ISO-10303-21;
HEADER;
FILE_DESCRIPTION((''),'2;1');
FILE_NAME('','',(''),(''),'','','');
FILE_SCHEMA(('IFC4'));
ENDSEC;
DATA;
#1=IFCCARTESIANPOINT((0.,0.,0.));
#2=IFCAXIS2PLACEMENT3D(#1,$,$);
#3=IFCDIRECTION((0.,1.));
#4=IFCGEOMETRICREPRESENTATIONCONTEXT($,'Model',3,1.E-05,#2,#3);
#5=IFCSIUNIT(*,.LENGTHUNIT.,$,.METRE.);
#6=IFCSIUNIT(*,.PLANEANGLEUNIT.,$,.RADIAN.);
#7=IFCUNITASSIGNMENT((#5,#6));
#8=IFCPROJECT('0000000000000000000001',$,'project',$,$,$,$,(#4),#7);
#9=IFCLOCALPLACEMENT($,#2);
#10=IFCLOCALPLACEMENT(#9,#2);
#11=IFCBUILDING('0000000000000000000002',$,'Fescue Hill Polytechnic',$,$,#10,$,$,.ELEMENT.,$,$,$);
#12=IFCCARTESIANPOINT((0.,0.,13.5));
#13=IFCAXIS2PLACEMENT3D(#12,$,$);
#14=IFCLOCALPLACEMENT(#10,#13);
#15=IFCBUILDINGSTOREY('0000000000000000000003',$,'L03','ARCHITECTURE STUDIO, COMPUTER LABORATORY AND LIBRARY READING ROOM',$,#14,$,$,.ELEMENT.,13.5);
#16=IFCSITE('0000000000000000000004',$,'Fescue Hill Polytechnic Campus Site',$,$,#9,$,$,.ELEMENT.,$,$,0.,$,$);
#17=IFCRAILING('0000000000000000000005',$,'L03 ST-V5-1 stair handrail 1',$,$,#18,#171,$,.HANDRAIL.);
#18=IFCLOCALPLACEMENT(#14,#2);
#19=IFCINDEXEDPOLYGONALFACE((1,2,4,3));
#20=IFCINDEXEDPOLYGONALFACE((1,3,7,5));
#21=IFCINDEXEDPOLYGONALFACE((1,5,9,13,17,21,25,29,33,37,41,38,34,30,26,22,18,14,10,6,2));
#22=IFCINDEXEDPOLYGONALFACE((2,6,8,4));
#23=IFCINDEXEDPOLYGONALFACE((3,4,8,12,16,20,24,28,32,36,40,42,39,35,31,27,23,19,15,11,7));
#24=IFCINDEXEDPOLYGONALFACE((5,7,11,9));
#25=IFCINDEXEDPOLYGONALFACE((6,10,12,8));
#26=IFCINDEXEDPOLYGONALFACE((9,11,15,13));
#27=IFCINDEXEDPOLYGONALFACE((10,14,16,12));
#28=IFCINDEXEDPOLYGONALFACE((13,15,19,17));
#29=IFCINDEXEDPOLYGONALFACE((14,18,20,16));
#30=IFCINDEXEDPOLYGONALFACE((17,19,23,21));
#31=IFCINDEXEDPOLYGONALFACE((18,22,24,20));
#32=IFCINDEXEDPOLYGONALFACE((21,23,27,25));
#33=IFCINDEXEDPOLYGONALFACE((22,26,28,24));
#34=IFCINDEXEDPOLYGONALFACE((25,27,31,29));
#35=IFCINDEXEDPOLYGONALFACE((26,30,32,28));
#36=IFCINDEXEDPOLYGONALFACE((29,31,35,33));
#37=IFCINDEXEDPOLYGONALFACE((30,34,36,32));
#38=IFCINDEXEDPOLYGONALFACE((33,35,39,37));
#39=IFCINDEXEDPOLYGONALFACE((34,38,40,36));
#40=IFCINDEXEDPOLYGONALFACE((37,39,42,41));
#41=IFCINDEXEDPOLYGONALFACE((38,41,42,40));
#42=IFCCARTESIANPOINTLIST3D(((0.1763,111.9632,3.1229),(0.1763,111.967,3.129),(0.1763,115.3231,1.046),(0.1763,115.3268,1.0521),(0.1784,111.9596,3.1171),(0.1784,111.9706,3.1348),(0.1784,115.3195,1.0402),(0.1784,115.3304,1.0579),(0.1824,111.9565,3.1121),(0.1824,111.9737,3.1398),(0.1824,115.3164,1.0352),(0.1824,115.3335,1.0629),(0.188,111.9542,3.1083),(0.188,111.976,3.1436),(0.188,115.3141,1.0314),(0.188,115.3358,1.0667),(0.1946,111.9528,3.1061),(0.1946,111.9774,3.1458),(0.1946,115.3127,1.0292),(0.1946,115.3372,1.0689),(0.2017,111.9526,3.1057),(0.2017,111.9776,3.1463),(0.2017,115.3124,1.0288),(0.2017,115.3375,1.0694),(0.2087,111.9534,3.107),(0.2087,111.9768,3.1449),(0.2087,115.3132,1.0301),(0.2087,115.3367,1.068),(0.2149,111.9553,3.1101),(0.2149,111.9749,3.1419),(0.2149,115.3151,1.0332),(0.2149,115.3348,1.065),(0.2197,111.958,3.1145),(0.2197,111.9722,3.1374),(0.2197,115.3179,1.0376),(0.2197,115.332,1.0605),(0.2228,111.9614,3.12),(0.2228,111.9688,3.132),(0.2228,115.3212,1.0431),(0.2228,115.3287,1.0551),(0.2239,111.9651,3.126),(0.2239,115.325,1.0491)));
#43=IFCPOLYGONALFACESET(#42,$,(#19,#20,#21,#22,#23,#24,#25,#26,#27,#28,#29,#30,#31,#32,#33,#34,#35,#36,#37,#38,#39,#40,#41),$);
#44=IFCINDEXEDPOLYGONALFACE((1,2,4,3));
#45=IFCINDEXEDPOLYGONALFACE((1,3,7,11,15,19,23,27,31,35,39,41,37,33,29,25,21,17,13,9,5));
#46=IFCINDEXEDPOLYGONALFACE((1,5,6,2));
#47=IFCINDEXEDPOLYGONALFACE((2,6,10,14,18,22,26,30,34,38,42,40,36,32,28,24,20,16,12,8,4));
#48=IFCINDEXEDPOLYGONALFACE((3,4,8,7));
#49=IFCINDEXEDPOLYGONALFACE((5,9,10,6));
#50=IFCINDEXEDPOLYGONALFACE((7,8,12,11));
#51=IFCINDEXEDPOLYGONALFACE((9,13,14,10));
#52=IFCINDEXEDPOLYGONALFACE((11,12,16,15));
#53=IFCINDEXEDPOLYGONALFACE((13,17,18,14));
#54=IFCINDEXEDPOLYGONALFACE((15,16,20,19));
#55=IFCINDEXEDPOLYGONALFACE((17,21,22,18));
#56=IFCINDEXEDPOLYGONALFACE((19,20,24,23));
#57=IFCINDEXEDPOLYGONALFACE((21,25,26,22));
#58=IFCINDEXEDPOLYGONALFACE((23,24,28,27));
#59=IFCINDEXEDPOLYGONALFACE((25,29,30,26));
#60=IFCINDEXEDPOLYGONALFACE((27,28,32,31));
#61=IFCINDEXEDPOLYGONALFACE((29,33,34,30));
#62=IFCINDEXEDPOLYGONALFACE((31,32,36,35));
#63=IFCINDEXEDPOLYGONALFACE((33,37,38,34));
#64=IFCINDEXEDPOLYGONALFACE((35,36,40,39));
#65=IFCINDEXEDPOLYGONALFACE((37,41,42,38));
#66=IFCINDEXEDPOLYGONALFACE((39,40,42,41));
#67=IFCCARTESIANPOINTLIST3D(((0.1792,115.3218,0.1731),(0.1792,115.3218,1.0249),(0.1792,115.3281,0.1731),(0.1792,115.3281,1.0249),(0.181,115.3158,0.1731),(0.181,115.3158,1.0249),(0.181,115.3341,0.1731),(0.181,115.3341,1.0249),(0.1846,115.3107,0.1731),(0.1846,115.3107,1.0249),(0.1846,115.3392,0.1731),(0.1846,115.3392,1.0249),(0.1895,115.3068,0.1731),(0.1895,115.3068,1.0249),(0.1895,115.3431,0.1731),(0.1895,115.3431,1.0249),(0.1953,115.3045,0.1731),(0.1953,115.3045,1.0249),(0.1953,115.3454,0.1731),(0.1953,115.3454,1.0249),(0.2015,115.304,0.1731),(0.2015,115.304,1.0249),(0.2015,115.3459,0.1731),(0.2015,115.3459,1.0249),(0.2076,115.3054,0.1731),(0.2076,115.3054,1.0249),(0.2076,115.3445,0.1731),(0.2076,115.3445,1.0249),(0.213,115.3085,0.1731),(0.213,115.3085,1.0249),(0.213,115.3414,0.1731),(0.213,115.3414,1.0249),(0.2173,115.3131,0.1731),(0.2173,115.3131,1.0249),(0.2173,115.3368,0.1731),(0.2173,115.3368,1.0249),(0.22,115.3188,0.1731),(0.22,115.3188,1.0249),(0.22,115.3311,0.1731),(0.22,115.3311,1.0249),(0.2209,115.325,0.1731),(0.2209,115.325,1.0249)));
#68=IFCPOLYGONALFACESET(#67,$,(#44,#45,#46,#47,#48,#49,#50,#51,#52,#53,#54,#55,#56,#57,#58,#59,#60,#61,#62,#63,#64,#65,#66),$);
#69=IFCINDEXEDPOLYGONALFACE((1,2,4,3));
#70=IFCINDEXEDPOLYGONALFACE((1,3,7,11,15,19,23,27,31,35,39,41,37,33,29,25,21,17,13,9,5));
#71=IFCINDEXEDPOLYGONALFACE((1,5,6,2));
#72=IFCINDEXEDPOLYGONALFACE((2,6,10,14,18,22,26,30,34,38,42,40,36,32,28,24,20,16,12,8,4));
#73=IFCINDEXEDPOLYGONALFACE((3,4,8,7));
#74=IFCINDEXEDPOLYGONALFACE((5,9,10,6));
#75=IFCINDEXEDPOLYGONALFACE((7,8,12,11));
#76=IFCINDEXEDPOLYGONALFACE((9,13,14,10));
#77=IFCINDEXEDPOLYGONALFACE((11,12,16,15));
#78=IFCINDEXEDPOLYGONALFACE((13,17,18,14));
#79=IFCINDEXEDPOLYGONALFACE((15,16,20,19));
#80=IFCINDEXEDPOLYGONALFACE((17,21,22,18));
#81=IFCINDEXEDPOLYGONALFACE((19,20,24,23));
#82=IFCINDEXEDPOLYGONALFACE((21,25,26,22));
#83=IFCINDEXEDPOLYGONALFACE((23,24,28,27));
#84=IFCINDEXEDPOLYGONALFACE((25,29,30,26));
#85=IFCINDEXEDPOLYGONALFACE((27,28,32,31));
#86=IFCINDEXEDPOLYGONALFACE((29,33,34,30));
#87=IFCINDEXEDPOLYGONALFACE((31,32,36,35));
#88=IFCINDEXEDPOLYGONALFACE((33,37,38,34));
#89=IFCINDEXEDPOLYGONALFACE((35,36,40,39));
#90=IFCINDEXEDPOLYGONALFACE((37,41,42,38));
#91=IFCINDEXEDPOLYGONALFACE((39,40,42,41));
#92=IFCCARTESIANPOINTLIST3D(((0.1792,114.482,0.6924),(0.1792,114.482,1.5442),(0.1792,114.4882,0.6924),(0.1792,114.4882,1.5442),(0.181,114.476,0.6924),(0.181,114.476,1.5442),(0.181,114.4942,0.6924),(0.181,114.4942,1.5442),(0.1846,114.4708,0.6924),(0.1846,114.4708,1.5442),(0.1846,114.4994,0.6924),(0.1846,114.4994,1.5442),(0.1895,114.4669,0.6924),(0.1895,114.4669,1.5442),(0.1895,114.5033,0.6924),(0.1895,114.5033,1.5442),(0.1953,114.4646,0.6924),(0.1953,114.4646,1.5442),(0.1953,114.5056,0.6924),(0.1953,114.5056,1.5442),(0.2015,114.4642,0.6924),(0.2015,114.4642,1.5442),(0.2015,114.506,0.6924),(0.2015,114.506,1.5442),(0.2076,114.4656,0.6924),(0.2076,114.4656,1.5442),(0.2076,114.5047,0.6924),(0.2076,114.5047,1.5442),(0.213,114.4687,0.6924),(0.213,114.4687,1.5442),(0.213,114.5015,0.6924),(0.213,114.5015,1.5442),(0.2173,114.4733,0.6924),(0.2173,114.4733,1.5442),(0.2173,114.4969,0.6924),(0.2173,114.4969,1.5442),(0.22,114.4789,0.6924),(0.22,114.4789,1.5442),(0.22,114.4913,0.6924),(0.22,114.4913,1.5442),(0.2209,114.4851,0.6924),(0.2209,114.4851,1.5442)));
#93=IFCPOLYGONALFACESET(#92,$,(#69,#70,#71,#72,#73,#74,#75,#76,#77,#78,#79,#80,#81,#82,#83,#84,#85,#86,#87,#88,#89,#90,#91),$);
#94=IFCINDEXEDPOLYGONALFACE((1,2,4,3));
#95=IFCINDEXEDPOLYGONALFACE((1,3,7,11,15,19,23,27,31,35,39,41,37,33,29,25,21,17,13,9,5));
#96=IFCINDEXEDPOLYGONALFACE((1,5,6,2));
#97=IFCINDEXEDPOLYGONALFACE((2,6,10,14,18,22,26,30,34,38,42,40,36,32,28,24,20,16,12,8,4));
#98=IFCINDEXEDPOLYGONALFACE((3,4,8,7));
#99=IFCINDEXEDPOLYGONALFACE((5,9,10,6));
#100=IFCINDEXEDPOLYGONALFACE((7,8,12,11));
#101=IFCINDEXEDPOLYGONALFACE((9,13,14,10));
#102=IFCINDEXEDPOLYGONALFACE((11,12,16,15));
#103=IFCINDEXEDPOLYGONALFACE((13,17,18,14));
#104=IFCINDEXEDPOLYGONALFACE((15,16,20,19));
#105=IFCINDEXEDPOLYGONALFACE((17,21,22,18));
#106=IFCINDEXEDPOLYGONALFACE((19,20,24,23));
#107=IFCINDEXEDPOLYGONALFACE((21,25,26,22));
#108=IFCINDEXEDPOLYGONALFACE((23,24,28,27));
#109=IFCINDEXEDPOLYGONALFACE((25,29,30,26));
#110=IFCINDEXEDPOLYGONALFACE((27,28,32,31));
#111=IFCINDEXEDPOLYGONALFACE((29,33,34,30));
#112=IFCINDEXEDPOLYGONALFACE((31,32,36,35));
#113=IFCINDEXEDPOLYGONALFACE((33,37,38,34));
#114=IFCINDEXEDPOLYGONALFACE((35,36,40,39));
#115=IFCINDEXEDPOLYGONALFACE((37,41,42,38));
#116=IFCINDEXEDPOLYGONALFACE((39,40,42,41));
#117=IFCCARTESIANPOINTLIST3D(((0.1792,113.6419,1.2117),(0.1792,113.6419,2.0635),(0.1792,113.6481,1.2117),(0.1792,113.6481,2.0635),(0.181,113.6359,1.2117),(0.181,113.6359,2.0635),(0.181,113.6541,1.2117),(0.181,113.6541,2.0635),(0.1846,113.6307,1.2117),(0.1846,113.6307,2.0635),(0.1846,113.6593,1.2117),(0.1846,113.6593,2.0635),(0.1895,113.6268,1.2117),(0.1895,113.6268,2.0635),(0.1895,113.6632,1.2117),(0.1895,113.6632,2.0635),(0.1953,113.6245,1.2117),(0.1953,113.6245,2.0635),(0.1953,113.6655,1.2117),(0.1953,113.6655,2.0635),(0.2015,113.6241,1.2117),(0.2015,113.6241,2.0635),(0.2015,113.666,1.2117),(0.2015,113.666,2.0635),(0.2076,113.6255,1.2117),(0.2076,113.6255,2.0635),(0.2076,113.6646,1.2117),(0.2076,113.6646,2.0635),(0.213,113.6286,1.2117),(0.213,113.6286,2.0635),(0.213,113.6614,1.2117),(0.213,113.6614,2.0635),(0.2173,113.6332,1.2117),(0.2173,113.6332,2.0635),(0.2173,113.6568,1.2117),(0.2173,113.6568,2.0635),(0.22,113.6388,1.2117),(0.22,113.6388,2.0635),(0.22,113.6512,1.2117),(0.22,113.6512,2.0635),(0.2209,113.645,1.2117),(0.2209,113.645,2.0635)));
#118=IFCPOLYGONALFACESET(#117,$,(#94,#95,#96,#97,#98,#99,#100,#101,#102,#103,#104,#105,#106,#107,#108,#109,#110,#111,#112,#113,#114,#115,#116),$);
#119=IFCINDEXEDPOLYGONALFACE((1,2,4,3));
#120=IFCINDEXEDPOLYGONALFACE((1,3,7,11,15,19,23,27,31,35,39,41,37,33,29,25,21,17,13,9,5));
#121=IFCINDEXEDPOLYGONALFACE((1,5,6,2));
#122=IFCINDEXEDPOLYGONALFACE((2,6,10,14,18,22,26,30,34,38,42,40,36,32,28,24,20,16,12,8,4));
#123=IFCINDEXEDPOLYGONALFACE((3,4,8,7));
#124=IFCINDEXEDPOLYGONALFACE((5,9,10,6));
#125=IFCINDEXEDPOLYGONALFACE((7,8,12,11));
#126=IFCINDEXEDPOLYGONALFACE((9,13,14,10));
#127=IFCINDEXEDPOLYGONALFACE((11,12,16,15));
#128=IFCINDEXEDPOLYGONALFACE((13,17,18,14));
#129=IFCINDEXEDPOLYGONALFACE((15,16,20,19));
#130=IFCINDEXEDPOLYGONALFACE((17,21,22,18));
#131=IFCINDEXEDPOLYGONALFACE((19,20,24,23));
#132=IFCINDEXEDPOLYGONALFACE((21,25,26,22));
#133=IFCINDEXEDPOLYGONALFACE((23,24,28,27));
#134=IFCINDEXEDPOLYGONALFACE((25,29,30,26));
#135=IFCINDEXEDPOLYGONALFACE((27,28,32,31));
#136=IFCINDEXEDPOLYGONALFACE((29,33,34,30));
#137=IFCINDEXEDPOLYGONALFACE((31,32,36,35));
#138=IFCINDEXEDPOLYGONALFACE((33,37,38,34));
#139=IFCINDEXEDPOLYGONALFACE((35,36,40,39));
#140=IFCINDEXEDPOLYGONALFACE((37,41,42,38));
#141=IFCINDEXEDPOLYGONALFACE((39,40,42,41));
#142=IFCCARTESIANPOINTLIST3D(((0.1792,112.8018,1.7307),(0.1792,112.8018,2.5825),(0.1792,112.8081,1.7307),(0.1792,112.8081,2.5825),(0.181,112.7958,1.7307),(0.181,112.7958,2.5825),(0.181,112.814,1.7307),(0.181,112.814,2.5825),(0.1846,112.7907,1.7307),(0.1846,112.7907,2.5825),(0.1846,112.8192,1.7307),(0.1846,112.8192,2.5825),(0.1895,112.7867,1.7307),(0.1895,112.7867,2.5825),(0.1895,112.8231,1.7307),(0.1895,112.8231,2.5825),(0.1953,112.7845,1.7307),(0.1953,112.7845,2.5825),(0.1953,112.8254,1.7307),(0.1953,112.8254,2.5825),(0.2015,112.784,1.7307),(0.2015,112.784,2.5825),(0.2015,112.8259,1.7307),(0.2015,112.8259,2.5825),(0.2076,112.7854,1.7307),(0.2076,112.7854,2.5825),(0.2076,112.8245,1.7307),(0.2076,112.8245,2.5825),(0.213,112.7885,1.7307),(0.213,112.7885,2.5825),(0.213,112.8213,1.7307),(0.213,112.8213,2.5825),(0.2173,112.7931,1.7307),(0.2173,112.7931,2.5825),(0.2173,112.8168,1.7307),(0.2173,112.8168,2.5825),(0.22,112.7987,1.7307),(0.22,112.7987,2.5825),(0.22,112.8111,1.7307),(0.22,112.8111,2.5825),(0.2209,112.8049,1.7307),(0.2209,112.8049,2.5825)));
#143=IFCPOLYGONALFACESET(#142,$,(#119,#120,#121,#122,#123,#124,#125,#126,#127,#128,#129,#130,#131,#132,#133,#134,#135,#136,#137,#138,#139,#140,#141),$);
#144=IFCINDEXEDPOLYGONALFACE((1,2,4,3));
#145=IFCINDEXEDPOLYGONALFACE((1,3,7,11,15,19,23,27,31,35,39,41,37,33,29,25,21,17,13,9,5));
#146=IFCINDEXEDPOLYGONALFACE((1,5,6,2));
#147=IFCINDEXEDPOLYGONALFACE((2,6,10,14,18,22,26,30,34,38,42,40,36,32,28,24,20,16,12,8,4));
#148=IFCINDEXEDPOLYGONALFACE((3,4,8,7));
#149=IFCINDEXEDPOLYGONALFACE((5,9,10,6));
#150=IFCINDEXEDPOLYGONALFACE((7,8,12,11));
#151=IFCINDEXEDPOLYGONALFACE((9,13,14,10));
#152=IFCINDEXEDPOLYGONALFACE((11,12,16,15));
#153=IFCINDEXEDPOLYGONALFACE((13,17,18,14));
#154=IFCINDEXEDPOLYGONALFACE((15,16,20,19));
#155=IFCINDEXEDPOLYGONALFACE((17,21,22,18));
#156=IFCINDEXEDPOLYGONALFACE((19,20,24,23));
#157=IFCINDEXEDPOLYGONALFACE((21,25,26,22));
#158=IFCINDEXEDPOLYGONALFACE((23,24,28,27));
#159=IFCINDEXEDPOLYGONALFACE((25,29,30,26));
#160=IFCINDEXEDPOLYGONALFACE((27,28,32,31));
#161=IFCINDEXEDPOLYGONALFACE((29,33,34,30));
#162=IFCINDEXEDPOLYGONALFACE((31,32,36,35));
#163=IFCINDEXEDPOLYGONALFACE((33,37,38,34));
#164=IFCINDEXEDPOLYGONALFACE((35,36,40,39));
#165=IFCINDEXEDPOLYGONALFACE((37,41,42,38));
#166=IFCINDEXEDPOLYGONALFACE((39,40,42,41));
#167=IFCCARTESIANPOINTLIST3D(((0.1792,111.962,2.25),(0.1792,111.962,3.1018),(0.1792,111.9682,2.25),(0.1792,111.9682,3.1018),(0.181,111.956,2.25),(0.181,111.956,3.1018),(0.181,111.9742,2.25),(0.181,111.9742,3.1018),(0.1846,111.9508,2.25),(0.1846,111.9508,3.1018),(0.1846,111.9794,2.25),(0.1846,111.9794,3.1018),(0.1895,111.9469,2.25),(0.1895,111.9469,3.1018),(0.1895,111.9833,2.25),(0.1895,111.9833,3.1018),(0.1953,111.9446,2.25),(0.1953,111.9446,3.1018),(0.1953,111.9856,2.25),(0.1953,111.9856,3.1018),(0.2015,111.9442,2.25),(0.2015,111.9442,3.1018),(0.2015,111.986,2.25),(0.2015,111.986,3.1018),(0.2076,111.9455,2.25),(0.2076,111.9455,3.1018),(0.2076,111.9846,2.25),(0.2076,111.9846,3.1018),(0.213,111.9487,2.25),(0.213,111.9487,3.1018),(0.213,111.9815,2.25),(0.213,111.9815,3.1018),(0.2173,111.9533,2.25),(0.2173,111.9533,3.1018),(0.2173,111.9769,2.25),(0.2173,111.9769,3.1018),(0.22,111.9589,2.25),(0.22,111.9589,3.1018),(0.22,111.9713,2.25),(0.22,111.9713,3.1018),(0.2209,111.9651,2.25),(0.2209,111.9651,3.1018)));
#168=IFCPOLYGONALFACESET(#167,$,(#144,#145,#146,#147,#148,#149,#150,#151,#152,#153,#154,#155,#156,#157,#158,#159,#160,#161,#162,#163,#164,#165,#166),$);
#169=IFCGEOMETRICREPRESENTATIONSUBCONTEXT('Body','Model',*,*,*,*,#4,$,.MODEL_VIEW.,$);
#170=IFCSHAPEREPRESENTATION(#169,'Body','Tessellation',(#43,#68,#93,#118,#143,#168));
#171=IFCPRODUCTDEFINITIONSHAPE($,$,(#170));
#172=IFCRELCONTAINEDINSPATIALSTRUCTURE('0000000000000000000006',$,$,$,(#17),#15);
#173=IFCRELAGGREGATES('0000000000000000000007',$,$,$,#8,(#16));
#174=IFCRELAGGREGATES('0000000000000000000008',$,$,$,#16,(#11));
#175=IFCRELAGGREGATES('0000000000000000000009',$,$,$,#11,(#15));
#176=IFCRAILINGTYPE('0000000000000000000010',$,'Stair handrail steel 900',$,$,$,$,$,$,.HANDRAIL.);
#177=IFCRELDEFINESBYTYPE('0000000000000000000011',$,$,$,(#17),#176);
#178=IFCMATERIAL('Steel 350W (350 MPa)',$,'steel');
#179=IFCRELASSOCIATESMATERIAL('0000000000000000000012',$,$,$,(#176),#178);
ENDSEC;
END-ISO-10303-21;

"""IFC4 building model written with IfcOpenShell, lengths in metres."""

from ifc_helpers import new_model, si_unit, direction, frame, origin, origin_2d, place, context, subcontext, project, spatial, circle, extrude, material, type_object, element, save


model = new_model("IFC4")

# Units and contexts
model_context = context("Model", 3, precision=1e-05, world=origin(), true_north=direction((0.0, 1.0)))
body_context = subcontext(model_context, "Body", "Model", "MODEL_VIEW")
ifc_project = project(units=[si_unit("LENGTHUNIT", "METRE"), si_unit("PLANEANGLEUNIT", "RADIAN")], contexts=[model_context])

# Site, building, storey
site_placement = place(None, origin())
site = spatial("IfcSite", under=ifc_project, at=site_placement, Name="Fescue Hill Polytechnic Campus Site", CompositionType="ELEMENT", RefElevation=0.0)
building_placement = place(site_placement, origin())
building = spatial("IfcBuilding", under=site, at=building_placement, Name="Fescue Hill Polytechnic", CompositionType="ELEMENT")
storey_placement = place(building_placement, frame((0.0, 0.0, 13.5)))
storey = spatial("IfcBuildingStorey", under=building, at=storey_placement, Name="L03", Description="ARCHITECTURE STUDIO, COMPUTER LABORATORY AND LIBRARY READING ROOM", CompositionType="ELEMENT", Elevation=13.5)

# Railing
ifc_material_1 = material(Name="Steel 350W (350 MPa)", Category="steel")
railing_type_1 = type_object("IfcRailingType", Name="Stair handrail steel 900", PredefinedType="HANDRAIL", material=ifc_material_1)
railing_1_placement = place(storey_placement, frame((0.2, 115.325, 0.1731)))
element("IfcRailing", 1, at=railing_1_placement, inside=storey, type_object=railing_type_1, Name="L03 ST-V5-1 stair handrail 1", PredefinedType="HANDRAIL", context=body_context, shape_type="SweptSolid", body=[
    extrude(circle(Radius=0.0239, at=origin_2d()), frame((0.0, 0.0, 0.876), z_axis=(0.0, -0.850606, 0.525803), x_axis=(1.0, 0.0, 0.0)), (0.0, 0.0, 1.0), 3.95),
    extrude(circle(Radius=0.021, at=origin_2d()), origin(), (0.0, 0.0, 1.0), 0.8518),
    extrude(circle(Radius=0.021, at=origin_2d()), frame((0.0, -0.8398, 0.5193)), (0.0, 0.0, 1.0), 0.8518),
    extrude(circle(Radius=0.021, at=origin_2d()), frame((0.0, -1.6799, 1.0386)), (0.0, 0.0, 1.0), 0.8518),
    extrude(circle(Radius=0.021, at=origin_2d()), frame((0.0, -2.52, 1.5576)), (0.0, 0.0, 1.0), 0.8518),
    extrude(circle(Radius=0.021, at=origin_2d()), frame((0.0, -3.3599, 2.0769)), (0.0, 0.0, 1.0), 0.8518),
])

save(model, "model.ifc")
